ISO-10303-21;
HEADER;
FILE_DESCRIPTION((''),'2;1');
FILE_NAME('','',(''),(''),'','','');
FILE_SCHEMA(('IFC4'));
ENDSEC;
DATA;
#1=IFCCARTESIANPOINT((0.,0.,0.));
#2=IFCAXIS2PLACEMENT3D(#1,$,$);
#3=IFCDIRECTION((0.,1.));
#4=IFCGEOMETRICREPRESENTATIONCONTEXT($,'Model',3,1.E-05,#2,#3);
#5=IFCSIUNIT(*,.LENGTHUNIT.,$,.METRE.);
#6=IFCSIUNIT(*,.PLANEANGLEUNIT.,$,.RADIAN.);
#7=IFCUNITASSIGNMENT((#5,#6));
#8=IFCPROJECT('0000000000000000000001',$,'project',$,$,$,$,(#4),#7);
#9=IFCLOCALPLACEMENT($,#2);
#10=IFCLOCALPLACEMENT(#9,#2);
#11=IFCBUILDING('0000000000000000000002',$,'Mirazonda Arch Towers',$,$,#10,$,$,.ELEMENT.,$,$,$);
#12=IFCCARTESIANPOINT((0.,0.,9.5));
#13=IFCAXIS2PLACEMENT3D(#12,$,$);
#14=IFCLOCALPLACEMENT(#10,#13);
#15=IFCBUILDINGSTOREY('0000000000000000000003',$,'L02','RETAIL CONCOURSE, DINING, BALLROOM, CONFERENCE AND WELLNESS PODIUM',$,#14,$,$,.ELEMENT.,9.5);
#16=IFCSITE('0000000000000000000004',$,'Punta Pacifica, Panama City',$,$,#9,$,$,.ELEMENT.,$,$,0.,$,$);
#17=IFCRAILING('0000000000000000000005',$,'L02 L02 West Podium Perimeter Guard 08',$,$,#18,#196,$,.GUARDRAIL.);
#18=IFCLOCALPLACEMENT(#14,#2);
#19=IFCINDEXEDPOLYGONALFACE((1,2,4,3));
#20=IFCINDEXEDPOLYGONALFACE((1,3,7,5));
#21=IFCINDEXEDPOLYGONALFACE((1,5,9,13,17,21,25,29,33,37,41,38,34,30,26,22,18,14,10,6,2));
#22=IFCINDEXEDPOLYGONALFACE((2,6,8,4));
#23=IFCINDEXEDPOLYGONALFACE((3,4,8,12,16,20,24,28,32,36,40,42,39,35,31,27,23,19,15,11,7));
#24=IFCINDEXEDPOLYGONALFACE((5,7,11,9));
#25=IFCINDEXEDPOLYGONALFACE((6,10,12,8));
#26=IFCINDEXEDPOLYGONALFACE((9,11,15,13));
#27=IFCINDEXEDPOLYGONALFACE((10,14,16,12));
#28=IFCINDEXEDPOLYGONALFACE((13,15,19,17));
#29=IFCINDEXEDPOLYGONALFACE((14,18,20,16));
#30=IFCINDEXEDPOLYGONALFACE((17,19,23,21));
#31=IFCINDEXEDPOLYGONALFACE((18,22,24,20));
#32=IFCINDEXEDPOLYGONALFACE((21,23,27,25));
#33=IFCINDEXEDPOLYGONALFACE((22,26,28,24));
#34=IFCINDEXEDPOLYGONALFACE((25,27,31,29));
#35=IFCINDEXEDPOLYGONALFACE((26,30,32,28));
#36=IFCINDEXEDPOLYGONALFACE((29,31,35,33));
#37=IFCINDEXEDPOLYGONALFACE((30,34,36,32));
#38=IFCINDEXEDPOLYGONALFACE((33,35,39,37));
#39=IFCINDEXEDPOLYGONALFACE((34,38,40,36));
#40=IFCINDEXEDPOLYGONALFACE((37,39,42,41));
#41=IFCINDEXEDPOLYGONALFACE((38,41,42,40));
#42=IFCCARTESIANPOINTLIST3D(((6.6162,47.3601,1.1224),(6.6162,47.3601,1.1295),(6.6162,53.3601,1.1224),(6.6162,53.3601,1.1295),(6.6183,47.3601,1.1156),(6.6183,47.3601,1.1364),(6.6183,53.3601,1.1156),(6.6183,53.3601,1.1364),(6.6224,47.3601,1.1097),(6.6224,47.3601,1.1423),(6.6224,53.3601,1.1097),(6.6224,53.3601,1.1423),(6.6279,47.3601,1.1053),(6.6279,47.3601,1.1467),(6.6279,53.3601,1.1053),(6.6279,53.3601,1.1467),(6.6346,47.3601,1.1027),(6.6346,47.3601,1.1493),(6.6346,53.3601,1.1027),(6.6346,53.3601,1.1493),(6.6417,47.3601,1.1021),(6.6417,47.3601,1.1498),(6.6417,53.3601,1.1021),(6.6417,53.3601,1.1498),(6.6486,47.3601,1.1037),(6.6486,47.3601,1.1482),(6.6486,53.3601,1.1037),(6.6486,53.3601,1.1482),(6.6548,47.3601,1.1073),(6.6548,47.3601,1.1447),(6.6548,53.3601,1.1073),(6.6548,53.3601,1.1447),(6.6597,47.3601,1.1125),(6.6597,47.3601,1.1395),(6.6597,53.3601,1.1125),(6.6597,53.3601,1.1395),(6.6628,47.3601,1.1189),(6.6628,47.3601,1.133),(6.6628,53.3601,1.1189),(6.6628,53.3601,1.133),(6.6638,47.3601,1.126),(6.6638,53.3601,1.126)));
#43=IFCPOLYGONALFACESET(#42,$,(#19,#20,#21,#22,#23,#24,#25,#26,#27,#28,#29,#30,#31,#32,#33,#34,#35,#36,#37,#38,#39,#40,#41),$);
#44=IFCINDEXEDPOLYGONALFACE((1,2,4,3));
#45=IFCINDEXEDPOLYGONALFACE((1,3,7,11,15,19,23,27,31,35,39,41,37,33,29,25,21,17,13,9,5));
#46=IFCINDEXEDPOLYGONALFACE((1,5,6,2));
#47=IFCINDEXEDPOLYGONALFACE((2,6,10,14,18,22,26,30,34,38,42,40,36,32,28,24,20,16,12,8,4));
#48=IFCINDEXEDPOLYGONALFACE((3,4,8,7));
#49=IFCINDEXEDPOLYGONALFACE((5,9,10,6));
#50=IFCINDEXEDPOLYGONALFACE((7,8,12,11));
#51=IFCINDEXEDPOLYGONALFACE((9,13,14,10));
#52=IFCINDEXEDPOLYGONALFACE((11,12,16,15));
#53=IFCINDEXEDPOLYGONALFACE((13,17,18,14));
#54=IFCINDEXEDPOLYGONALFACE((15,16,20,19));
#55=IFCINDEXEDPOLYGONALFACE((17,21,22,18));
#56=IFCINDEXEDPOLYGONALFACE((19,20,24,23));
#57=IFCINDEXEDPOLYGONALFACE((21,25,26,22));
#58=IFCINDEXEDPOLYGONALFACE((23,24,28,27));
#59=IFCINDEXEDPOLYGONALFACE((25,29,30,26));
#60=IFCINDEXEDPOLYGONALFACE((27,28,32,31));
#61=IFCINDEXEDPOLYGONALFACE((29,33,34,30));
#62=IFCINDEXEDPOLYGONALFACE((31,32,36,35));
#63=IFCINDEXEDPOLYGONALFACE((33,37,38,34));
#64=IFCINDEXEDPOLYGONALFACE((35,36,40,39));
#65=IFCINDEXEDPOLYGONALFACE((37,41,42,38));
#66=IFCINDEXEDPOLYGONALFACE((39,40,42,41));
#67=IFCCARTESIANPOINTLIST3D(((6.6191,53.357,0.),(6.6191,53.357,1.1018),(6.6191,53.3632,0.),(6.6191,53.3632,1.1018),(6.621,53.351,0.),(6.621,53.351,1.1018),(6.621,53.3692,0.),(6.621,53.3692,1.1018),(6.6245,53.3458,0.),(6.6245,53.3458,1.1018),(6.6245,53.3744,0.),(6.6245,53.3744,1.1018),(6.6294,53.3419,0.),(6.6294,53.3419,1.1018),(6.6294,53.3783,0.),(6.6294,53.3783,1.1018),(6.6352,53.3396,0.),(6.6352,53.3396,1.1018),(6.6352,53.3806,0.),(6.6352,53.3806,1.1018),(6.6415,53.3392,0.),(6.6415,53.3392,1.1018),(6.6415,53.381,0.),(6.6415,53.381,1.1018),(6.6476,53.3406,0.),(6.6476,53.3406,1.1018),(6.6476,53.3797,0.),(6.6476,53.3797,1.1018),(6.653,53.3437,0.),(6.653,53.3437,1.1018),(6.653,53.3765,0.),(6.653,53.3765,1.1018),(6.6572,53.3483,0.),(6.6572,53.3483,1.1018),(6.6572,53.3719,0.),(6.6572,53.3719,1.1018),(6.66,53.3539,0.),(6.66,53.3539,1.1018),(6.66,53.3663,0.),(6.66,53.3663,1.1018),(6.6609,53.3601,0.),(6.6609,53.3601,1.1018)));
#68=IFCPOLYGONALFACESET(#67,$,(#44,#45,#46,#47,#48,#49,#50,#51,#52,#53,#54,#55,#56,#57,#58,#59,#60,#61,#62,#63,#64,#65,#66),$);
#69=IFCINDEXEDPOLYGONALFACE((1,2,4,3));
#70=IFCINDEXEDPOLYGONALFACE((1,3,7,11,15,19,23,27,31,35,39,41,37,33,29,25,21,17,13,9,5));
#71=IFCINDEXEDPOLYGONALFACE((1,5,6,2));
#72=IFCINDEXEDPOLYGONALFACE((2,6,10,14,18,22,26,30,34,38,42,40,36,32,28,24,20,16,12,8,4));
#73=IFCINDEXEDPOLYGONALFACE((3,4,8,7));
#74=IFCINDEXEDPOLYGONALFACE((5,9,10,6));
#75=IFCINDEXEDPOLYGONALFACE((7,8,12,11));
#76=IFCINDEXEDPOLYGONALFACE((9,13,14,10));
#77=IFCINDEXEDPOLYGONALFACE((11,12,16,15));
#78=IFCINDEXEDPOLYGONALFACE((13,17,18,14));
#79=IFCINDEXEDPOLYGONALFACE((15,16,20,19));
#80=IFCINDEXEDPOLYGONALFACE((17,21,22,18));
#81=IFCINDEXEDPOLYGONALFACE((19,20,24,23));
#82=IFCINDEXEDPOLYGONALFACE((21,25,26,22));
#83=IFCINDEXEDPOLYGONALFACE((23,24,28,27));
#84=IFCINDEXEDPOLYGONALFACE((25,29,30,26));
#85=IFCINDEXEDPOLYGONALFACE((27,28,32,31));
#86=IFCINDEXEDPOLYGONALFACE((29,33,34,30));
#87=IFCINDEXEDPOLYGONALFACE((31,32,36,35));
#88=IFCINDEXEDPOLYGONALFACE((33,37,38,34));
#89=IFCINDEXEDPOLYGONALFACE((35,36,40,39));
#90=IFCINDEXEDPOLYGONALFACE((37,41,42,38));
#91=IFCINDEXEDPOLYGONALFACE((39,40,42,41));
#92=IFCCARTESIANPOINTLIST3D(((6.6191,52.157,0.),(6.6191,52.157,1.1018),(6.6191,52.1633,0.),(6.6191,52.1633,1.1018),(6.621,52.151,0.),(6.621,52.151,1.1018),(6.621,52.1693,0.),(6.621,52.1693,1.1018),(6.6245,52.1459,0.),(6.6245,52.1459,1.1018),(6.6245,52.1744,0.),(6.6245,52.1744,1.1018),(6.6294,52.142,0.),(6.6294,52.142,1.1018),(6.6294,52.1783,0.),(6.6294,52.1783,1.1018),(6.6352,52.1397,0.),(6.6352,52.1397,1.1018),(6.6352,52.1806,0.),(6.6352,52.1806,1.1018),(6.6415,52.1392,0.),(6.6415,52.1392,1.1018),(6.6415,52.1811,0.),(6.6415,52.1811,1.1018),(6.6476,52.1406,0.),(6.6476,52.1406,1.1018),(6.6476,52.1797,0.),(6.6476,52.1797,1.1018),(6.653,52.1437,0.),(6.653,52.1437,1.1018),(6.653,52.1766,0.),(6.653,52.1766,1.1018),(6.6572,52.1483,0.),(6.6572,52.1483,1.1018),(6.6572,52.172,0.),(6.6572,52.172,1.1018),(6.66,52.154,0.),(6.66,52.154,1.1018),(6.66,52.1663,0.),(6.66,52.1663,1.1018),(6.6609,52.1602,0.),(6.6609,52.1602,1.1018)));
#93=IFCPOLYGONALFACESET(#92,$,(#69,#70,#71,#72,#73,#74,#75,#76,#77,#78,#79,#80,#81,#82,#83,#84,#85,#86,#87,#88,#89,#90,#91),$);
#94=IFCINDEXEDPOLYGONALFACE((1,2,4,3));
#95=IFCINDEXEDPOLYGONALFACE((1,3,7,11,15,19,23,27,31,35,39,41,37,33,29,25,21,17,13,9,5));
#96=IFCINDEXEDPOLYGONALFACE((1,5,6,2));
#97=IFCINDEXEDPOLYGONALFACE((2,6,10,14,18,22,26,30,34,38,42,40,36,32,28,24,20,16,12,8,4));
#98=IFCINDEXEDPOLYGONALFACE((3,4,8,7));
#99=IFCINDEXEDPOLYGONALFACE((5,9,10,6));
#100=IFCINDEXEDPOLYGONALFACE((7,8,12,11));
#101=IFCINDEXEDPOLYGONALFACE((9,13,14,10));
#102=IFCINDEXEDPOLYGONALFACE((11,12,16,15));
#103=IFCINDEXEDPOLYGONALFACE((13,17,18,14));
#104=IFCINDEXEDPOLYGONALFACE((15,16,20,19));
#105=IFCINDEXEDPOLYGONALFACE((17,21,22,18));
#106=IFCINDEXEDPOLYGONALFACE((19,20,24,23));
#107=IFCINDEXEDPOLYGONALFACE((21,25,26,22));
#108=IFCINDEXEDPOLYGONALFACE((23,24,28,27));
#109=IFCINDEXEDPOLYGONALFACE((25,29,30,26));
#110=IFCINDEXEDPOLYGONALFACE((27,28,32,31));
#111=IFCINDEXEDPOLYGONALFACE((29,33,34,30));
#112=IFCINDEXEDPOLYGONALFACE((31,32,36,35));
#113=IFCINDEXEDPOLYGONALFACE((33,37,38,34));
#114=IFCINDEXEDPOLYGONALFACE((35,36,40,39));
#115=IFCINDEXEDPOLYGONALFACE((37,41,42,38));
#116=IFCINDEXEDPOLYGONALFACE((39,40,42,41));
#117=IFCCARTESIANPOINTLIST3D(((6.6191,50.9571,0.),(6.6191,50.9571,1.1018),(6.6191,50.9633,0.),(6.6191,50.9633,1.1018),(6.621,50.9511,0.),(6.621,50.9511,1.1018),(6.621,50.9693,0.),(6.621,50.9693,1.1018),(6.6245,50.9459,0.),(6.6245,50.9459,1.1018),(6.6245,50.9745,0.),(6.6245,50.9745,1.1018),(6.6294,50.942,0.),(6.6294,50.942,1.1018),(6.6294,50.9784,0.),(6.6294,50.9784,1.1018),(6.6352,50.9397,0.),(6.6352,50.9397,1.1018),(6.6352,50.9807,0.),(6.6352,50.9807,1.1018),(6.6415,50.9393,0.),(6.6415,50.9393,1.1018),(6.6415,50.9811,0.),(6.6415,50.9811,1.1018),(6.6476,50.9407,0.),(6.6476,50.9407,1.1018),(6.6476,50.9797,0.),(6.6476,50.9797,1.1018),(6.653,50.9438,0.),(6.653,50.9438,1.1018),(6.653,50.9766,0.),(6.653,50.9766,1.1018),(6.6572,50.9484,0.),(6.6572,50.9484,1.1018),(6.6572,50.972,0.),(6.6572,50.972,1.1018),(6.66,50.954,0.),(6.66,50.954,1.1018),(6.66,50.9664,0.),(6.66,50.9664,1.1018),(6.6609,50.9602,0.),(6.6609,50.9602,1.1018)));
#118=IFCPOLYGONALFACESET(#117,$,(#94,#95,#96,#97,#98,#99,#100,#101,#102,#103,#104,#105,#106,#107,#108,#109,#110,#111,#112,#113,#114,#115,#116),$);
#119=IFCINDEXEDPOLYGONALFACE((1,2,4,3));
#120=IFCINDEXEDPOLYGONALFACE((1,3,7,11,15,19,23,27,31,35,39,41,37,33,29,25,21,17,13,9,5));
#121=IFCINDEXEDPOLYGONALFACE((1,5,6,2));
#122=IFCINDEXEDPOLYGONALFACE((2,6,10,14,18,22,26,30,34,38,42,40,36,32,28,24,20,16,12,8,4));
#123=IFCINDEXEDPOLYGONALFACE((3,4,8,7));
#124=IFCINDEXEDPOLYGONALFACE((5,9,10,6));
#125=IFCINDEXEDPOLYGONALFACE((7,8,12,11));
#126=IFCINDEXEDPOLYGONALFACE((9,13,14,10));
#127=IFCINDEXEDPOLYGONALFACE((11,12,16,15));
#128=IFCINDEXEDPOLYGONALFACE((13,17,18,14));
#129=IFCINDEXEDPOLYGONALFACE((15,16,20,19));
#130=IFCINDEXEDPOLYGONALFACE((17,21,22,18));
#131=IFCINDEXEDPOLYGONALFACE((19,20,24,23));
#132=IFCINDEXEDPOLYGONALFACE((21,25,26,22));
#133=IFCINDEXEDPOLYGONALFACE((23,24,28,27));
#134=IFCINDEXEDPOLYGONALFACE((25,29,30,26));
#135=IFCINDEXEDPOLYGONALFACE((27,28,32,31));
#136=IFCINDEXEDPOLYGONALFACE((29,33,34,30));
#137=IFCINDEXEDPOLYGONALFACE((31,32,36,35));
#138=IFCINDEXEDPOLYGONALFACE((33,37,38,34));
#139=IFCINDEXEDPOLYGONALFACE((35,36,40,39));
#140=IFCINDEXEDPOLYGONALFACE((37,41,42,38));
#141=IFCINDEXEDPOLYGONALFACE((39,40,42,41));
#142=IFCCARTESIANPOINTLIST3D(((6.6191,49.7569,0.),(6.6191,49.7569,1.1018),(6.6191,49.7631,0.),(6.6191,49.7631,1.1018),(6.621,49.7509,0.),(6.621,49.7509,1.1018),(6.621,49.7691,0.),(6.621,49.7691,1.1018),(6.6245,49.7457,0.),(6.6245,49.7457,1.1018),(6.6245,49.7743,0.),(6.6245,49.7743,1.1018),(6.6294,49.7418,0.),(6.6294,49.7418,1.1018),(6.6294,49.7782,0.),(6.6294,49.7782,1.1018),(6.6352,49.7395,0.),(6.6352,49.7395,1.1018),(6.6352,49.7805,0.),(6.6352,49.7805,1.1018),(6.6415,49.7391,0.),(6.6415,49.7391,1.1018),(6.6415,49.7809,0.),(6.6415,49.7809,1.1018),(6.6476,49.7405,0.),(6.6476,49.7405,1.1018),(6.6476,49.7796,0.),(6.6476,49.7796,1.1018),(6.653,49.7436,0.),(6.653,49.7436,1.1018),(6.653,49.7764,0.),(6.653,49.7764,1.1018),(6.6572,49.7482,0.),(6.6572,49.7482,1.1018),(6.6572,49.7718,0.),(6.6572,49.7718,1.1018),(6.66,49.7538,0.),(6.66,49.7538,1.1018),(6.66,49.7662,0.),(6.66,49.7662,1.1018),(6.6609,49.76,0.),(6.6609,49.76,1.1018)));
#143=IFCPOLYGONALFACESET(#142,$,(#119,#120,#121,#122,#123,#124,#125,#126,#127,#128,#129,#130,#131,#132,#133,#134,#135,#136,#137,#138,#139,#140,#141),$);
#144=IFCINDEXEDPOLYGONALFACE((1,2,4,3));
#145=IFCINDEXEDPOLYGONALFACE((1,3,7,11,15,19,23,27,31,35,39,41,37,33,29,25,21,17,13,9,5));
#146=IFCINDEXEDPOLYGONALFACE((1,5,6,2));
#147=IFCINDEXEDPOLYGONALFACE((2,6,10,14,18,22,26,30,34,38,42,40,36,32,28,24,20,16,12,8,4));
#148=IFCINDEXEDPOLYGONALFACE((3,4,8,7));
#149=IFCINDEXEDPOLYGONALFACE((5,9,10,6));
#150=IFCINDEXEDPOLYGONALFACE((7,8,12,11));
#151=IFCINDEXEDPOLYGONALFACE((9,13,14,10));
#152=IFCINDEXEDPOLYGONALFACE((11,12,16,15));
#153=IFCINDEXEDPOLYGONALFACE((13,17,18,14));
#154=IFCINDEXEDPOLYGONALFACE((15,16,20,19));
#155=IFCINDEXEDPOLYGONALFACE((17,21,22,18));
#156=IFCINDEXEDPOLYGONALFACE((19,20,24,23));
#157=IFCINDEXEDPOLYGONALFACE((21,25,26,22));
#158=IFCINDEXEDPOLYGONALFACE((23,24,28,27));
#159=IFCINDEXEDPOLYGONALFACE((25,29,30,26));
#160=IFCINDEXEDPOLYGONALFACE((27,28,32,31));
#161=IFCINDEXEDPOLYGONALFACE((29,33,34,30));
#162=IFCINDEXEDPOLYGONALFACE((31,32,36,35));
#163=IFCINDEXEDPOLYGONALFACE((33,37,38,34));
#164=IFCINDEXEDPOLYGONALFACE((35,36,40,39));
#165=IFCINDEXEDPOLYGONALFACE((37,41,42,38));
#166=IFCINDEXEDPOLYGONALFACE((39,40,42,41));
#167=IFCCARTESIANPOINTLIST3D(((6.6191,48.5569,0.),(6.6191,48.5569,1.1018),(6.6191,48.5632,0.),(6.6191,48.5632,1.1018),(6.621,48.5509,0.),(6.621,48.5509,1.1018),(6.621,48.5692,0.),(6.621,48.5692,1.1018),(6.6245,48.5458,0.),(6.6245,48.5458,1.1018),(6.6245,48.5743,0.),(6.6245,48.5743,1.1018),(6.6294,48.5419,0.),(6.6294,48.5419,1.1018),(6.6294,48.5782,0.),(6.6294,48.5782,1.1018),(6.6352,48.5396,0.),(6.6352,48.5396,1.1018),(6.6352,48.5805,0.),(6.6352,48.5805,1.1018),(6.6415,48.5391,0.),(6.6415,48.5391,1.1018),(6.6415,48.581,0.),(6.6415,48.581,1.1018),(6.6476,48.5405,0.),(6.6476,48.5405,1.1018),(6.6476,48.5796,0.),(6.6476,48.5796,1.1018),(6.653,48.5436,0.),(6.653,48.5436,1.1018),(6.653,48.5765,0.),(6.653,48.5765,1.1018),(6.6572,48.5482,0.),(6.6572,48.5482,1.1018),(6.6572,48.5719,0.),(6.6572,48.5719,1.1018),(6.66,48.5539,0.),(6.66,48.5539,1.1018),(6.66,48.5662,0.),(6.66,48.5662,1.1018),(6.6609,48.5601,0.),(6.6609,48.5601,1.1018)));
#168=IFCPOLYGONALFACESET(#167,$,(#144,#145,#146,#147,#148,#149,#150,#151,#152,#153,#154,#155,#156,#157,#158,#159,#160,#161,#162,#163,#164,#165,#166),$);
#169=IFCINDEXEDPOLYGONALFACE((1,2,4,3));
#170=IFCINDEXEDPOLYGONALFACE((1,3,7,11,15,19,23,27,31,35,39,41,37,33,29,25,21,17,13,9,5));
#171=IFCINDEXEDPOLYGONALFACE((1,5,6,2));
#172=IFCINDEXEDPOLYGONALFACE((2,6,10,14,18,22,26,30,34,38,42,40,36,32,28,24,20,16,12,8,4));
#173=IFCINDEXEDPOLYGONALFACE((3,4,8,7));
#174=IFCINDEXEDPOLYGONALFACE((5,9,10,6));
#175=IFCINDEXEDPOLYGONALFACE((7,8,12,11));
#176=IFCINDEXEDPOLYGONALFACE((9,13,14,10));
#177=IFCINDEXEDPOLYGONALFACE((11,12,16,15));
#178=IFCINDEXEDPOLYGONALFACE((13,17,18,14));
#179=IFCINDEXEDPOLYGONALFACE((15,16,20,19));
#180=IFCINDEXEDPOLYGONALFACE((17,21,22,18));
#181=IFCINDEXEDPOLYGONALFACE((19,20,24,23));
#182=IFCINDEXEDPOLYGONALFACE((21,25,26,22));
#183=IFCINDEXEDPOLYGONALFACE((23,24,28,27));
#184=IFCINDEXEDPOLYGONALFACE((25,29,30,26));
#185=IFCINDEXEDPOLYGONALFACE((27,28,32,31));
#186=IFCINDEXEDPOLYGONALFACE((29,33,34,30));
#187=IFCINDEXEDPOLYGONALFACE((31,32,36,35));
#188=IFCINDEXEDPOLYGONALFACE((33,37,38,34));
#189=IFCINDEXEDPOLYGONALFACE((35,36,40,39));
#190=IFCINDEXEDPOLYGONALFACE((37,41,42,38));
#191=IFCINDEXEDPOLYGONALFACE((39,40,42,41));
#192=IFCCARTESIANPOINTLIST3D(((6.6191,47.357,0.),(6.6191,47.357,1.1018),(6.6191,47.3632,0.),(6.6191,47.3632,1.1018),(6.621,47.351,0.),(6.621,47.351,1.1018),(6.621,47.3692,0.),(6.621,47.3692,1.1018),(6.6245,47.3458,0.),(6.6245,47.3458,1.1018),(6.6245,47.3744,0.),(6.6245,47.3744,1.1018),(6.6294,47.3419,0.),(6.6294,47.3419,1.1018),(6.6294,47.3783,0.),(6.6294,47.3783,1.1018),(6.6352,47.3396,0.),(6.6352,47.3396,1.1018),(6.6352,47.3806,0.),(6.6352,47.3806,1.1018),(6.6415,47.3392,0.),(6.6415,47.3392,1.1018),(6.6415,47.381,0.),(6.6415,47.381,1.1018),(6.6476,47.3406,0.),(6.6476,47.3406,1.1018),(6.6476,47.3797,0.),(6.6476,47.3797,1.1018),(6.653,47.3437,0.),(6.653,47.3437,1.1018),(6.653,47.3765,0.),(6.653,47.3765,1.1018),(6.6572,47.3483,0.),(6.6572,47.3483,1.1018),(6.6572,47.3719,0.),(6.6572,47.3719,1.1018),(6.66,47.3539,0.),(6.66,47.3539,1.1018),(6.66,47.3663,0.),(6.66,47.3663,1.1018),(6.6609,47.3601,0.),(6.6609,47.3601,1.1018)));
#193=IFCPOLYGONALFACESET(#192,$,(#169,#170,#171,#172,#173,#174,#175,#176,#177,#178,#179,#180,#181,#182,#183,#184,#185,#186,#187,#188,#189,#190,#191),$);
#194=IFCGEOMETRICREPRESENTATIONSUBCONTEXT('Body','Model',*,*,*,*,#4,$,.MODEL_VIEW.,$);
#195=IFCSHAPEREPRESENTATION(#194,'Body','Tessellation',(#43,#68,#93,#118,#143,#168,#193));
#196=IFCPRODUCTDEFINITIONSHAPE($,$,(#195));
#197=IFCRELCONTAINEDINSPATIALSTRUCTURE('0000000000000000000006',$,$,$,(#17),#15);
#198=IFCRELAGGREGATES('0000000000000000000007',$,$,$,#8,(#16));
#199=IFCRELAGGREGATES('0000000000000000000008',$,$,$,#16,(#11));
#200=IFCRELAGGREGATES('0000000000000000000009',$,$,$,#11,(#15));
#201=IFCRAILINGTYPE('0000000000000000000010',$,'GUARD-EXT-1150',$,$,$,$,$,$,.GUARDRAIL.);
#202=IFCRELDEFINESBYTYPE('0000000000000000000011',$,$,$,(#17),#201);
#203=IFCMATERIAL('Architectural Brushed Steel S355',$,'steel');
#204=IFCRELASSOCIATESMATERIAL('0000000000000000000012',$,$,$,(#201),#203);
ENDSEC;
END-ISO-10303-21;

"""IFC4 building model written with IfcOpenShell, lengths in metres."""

from ifc_helpers import new_model, si_unit, direction, frame, origin, origin_2d, place, context, subcontext, project, spatial, circle, extrude, material, type_object, element, save


model = new_model("IFC4")

# Units and contexts
model_context = context("Model", 3, precision=1e-05, world=origin(), true_north=direction((0.0, 1.0)))
body_context = subcontext(model_context, "Body", "Model", "MODEL_VIEW")
ifc_project = project(units=[si_unit("LENGTHUNIT", "METRE"), si_unit("PLANEANGLEUNIT", "RADIAN")], contexts=[model_context])

# Site, building, storey
site_placement = place(None, origin())
site = spatial("IfcSite", under=ifc_project, at=site_placement, Name="Punta Pacifica, Panama City", CompositionType="ELEMENT", RefElevation=0.0)
building_placement = place(site_placement, origin())
building = spatial("IfcBuilding", under=site, at=building_placement, Name="Mirazonda Arch Towers", CompositionType="ELEMENT")
storey_placement = place(building_placement, frame((0.0, 0.0, 9.5)))
storey = spatial("IfcBuildingStorey", under=building, at=storey_placement, Name="L02", Description="RETAIL CONCOURSE, DINING, BALLROOM, CONFERENCE AND WELLNESS PODIUM", CompositionType="ELEMENT", Elevation=9.5)

# Railing
ifc_material_1 = material(Name="Architectural Brushed Steel S355", Category="steel")
railing_type = type_object("IfcRailingType", Name="GUARD-EXT-1150", PredefinedType="GUARDRAIL", material=ifc_material_1)
railing_1_placement = place(storey_placement, frame((6.6399, 53.3601, 0.0)))
element("IfcRailing", 1, at=railing_1_placement, inside=storey, type_object=railing_type, Name="L02 L02 West Podium Perimeter Guard 08", PredefinedType="GUARDRAIL", context=body_context, shape_type="SweptSolid", body=[
    extrude(circle(Radius=0.0239, at=origin_2d()), frame((0.0, 0.0, 1.126), z_axis=(0.0, -1.0, 0.0), x_axis=(1.0, 0.0, 0.0)), (0.0, 0.0, 1.0), 6.0),
    extrude(circle(Radius=0.021, at=origin_2d()), origin(), (0.0, 0.0, 1.0), 1.1018),
    extrude(circle(Radius=0.021, at=origin_2d()), frame((0.0, -1.2, 0.0)), (0.0, 0.0, 1.0), 1.1018),
    extrude(circle(Radius=0.021, at=origin_2d()), frame((0.0, -2.3999, 0.0)), (0.0, 0.0, 1.0), 1.1018),
    extrude(circle(Radius=0.021, at=origin_2d()), frame((0.0, -3.6001, 0.0)), (0.0, 0.0, 1.0), 1.1018),
    extrude(circle(Radius=0.021, at=origin_2d()), frame((0.0, -4.8, 0.0)), (0.0, 0.0, 1.0), 1.1018),
    extrude(circle(Radius=0.021, at=origin_2d()), frame((0.0, -6.0, 0.0)), (0.0, 0.0, 1.0), 1.1018),
])

save(model, "model.ifc")
